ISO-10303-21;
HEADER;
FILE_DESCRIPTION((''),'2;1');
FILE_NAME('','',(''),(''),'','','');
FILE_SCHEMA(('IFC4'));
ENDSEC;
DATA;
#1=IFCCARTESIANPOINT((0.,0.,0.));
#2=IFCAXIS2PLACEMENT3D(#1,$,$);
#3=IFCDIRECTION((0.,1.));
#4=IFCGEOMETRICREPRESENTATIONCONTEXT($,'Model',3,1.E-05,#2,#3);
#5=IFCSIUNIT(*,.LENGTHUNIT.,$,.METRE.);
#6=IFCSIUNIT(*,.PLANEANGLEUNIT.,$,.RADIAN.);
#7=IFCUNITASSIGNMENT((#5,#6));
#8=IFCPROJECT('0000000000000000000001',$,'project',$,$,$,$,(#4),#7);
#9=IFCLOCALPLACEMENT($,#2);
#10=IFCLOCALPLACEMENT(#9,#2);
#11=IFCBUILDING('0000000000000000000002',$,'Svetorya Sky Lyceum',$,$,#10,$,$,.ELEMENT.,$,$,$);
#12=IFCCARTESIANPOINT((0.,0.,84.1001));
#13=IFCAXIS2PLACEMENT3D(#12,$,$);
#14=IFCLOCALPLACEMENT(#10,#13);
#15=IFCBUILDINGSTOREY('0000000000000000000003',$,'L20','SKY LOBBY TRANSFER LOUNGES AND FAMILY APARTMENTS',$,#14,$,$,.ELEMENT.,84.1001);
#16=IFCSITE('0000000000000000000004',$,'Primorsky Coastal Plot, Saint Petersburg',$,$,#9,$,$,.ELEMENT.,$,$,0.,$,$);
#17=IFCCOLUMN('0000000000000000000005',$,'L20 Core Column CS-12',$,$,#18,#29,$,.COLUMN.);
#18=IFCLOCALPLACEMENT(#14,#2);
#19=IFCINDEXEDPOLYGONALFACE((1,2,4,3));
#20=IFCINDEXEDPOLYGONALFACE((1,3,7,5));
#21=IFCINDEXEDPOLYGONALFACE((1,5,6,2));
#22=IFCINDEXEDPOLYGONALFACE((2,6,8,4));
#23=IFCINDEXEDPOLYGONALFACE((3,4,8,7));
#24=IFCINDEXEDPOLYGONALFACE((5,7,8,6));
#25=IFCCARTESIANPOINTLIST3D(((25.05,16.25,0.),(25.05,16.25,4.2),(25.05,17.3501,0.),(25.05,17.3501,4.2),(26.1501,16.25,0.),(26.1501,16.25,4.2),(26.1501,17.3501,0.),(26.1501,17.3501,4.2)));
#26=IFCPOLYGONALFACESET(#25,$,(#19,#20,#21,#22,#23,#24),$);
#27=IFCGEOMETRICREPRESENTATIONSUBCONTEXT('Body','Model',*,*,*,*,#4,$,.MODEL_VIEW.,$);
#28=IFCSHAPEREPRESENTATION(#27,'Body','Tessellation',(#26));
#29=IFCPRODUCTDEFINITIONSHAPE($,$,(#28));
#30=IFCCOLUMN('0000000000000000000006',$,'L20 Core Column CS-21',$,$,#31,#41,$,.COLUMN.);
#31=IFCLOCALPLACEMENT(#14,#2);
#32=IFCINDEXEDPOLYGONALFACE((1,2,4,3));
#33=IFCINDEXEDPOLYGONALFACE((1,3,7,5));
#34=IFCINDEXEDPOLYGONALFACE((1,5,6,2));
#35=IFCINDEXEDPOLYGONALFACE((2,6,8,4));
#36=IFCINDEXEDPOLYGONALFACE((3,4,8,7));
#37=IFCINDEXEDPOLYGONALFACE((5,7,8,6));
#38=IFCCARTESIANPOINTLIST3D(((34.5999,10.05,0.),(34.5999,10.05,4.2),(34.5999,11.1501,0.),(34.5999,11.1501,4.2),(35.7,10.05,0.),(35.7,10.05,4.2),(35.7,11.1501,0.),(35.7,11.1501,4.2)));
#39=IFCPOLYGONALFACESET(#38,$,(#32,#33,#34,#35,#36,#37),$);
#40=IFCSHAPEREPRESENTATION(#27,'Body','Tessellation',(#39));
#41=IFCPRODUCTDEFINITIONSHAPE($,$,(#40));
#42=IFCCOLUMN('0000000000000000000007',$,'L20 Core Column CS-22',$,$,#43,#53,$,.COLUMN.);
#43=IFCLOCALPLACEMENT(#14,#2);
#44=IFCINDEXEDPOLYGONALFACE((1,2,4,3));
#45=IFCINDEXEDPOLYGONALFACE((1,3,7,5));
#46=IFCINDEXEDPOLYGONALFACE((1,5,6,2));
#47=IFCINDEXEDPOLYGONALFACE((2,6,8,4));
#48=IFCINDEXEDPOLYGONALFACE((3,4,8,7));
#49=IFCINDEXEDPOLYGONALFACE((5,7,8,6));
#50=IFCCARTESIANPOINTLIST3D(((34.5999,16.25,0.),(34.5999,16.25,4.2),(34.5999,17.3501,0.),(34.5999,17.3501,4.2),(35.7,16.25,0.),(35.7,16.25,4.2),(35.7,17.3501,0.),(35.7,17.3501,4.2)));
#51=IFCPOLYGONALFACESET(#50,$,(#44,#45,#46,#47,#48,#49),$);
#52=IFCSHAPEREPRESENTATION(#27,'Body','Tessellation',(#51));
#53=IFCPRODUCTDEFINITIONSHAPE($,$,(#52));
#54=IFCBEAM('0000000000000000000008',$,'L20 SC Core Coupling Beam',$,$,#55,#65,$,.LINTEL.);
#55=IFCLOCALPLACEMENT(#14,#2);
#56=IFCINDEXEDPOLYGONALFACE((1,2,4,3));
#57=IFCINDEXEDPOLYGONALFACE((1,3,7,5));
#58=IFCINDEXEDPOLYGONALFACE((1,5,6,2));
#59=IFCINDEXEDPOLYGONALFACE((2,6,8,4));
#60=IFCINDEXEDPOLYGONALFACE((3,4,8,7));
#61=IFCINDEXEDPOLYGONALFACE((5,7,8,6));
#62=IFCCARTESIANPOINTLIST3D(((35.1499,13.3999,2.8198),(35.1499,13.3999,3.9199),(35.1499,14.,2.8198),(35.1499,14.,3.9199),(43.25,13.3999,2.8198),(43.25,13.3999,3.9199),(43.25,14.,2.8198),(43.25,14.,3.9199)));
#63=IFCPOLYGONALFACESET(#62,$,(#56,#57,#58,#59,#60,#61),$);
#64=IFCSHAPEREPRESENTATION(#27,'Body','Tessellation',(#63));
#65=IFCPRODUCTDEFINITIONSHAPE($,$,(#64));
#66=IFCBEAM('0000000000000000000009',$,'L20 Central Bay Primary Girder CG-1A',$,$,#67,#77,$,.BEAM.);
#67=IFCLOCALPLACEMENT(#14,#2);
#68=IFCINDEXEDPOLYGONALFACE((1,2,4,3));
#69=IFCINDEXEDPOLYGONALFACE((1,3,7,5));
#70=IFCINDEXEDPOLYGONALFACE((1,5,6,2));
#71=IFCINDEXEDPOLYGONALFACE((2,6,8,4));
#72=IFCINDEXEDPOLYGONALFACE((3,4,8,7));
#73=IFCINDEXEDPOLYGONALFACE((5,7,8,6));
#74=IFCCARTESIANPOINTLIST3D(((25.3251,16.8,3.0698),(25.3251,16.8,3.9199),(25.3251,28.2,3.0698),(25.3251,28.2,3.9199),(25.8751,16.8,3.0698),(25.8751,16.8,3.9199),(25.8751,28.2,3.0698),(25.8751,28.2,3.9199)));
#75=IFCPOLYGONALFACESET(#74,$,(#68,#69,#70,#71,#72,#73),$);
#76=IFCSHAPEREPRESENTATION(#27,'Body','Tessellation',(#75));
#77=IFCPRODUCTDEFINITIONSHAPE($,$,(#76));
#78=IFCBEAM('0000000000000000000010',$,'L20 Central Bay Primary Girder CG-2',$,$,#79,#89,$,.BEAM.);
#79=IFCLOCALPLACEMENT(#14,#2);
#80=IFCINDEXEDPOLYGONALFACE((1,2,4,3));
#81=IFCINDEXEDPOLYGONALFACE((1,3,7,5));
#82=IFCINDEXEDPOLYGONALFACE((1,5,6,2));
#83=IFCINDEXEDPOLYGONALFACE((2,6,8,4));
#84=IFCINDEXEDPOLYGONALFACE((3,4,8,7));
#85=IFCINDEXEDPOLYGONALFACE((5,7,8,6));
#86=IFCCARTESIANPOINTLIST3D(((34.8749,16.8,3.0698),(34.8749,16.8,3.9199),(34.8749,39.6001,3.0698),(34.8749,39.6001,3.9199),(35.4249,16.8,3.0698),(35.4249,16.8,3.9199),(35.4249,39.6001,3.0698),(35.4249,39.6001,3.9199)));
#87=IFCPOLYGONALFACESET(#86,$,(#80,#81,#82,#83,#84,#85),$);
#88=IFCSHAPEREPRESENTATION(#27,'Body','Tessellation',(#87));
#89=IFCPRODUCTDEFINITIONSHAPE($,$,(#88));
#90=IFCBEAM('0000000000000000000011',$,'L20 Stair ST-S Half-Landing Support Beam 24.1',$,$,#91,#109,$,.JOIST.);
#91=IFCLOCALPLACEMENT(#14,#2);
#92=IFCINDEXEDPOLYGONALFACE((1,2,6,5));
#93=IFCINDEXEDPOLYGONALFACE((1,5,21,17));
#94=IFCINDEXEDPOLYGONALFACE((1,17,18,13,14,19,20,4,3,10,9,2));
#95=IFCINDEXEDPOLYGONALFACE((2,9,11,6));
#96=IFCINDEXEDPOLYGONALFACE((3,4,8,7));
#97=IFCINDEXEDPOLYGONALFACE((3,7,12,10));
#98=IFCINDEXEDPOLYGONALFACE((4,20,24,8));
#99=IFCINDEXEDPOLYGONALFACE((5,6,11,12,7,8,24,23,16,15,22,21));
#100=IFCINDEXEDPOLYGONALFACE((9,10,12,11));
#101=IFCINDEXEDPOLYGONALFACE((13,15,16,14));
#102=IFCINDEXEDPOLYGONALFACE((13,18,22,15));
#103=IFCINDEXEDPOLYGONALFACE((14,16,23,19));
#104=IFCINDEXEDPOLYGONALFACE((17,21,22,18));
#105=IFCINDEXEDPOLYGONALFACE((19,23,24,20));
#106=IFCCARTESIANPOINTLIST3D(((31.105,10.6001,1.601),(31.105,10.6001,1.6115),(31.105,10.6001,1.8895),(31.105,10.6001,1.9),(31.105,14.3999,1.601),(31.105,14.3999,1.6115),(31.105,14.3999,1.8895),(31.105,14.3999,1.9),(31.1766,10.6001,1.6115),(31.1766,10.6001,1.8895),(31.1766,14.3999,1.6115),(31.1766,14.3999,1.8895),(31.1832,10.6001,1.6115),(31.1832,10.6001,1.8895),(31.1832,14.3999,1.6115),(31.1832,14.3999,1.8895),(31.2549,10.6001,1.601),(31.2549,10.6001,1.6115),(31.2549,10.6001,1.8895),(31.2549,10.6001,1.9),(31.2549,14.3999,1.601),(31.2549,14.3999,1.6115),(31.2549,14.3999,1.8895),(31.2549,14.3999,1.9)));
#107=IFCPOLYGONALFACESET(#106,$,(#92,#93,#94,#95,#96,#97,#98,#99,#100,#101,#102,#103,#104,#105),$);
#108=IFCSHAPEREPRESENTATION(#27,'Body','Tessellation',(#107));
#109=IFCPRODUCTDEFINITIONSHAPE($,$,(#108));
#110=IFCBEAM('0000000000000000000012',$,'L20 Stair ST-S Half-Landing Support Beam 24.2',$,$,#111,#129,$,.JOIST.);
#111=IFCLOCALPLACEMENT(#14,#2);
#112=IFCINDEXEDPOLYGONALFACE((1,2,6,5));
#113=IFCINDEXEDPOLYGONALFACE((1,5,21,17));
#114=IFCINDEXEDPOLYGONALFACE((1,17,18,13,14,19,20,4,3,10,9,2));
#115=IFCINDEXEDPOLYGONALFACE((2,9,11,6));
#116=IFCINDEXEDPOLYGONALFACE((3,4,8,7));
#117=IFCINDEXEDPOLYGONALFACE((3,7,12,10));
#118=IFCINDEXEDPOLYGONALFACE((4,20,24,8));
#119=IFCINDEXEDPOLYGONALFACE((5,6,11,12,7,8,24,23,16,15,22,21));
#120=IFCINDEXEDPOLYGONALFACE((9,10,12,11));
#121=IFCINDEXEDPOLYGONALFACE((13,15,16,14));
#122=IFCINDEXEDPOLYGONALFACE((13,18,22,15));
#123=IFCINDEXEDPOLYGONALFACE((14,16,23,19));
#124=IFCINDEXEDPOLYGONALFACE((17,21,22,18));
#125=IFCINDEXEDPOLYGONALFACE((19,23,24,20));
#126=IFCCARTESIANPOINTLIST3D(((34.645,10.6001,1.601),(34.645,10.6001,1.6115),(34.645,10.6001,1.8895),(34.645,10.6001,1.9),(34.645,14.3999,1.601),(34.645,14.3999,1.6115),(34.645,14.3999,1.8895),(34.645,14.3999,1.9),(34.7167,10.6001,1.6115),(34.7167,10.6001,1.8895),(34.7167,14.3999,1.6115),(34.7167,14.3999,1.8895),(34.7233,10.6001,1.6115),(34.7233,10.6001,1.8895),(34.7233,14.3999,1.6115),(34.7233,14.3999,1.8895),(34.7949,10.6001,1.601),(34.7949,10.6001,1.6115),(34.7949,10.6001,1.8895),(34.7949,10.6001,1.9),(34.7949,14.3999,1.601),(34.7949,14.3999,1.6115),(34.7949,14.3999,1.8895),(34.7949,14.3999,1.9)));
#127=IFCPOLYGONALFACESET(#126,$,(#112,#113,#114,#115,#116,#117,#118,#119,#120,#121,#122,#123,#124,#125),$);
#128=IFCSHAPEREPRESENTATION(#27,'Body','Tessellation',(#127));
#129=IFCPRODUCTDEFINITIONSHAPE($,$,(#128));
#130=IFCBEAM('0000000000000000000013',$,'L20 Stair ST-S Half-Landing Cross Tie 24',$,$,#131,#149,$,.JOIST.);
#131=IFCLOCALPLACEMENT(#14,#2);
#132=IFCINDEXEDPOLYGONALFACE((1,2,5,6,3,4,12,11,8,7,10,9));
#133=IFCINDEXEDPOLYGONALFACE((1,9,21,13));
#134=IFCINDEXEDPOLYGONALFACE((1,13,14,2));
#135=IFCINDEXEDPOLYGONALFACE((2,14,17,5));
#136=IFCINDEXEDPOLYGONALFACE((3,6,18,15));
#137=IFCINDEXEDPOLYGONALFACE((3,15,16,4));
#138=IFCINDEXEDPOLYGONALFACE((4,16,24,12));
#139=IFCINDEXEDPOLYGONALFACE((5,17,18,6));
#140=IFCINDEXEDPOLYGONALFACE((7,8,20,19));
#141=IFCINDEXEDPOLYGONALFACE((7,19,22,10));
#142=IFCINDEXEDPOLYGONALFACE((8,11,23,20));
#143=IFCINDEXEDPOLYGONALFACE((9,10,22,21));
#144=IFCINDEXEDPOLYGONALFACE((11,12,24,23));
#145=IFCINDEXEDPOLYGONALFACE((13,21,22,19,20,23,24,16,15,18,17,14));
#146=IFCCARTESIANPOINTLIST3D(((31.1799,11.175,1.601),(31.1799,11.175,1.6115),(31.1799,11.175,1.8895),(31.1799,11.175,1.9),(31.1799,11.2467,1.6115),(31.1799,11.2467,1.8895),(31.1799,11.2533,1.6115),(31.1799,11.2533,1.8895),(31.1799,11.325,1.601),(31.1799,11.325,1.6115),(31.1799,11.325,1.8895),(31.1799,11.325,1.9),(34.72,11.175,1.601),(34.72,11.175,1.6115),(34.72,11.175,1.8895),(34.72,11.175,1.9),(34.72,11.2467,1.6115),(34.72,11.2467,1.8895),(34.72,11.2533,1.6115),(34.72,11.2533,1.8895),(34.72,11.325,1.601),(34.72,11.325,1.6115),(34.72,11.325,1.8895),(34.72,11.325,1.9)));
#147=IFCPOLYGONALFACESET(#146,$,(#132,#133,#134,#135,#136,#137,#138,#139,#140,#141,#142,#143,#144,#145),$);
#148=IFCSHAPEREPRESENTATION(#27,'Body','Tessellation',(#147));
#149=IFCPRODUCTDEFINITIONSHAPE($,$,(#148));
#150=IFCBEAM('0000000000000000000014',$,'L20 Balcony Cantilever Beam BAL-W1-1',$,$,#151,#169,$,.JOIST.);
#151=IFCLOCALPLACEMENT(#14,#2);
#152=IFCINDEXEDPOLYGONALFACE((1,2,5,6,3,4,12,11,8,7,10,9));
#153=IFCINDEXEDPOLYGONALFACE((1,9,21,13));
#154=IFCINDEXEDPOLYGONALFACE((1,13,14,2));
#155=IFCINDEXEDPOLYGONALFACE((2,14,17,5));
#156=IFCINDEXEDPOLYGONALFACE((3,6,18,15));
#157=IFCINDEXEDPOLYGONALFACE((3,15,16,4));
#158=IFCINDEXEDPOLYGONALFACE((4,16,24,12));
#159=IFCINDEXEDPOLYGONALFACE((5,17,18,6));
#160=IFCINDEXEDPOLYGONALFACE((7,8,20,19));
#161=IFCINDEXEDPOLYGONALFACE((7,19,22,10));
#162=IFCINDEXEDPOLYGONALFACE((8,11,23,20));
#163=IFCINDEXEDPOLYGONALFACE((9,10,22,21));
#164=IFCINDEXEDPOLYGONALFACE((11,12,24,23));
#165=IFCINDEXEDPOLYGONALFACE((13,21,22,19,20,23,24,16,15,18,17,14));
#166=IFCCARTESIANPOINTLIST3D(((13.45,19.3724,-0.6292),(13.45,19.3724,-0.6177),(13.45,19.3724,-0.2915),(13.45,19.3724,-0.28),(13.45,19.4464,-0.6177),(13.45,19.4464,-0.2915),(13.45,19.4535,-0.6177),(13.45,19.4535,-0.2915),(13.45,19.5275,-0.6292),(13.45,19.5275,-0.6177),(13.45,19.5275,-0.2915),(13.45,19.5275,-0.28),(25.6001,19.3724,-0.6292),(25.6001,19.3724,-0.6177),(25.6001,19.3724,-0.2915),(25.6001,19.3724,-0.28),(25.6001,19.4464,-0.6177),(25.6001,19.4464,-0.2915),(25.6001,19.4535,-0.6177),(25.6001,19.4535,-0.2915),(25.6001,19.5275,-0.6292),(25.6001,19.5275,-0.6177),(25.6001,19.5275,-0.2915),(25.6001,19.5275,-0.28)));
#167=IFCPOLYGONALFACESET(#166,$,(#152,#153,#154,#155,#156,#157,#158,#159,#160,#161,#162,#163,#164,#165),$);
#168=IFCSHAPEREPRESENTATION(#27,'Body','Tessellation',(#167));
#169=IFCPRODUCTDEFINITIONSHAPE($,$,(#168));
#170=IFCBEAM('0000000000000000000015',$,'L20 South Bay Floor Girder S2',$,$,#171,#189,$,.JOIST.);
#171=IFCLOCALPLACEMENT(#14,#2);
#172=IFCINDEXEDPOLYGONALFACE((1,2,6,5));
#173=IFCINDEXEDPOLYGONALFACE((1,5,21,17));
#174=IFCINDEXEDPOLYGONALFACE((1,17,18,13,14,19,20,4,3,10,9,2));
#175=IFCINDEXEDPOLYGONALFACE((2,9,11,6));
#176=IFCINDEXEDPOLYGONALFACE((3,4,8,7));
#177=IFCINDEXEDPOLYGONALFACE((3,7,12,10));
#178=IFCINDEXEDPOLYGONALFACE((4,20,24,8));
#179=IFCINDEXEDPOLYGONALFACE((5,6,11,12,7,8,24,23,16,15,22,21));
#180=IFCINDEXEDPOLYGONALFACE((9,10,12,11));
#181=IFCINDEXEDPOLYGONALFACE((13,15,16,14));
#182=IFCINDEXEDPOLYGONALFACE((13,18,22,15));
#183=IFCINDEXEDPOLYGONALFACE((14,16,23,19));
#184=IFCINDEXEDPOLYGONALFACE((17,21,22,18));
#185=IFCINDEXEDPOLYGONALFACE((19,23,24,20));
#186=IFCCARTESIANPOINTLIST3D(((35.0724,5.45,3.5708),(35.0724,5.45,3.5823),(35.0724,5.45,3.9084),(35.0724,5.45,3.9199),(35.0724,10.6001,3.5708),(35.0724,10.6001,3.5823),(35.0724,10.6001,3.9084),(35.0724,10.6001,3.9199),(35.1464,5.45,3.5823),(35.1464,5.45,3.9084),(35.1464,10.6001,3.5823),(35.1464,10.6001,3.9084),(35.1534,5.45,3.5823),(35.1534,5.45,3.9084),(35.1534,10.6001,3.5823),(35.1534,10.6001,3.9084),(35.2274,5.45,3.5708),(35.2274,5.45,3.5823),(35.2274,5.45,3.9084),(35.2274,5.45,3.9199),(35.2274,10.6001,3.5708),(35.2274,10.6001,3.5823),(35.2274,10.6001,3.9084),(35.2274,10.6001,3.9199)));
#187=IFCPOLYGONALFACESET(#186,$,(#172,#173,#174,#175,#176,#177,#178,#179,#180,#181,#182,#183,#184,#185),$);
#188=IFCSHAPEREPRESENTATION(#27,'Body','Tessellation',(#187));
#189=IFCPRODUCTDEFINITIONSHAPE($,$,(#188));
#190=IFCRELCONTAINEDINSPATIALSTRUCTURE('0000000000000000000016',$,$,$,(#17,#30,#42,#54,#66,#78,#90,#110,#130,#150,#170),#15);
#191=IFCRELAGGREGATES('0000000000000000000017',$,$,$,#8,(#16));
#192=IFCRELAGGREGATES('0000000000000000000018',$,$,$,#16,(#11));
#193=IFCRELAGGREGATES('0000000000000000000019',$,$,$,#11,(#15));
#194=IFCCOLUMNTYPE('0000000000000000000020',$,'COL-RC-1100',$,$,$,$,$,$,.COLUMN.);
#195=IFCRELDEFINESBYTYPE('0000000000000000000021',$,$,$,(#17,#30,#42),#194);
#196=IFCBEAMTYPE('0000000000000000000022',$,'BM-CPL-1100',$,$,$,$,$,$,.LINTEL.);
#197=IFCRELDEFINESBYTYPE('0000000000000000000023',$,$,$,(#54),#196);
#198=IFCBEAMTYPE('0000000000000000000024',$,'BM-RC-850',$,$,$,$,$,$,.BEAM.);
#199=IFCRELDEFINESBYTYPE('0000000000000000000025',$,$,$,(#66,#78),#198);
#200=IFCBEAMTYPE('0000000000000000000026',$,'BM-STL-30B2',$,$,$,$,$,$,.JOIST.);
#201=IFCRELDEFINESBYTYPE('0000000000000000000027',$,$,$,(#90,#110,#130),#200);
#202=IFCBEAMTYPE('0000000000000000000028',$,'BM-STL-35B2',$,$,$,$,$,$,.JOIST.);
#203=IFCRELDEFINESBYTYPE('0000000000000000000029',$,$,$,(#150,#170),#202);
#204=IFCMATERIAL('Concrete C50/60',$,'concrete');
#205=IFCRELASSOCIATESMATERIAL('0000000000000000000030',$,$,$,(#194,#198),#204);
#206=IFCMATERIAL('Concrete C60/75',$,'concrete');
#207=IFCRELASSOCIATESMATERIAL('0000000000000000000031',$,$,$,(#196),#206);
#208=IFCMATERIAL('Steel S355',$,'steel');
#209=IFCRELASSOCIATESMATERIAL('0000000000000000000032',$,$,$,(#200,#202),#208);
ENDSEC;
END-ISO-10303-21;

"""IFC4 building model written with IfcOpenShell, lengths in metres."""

from ifc_helpers import new_model, si_unit, direction, frame, origin, origin_2d, place, context, subcontext, project, spatial, rectangle, i_section, extrude, material, material_profile, profile_set, type_object, element, save


model = new_model("IFC4")

# Units and contexts
model_context = context("Model", 3, precision=1e-05, world=origin(), true_north=direction((0.0, 1.0)))
body_context = subcontext(model_context, "Body", "Model", "MODEL_VIEW")
ifc_project = project(units=[si_unit("LENGTHUNIT", "METRE"), si_unit("PLANEANGLEUNIT", "RADIAN")], contexts=[model_context])

# Site, building, storey
site_placement = place(None, origin())
site = spatial("IfcSite", under=ifc_project, at=site_placement, Name="Primorsky Coastal Plot, Saint Petersburg", CompositionType="ELEMENT", RefElevation=0.0)
building_placement = place(site_placement, origin())
building = spatial("IfcBuilding", under=site, at=building_placement, Name="Svetorya Sky Lyceum", CompositionType="ELEMENT")
storey_placement = place(building_placement, frame((0.0, 0.0, 84.1001)))
storey = spatial("IfcBuildingStorey", under=building, at=storey_placement, Name="L20", Description="SKY LOBBY TRANSFER LOUNGES AND FAMILY APARTMENTS", CompositionType="ELEMENT", Elevation=84.1001)

# Columns
ifc_material_1 = material(Name="Concrete C50/60", Category="concrete")
ifc_material_profile_1 = material_profile(ifc_material_1, rectangle(XDim=1.1001, YDim=1.1001, at=origin_2d()), Name="RC COL 1100x1100")
ifc_profile_set_1 = profile_set([ifc_material_profile_1], Name="Concrete C50/60")
column_type = type_object("IfcColumnType", Name="COL-RC-1100", PredefinedType="COLUMN", material=ifc_profile_set_1)
for number, where, z_axis, x_axis, name in (
    (1, (25.6001, 16.8, 0.0), (0.0, 0.0, 1.0), (1.0, 0.0, 0.0), "L20 Core Column CS-12"),
    (2, (35.1499, 10.6001, 0.0), (0.0, 0.0, 1.0), (1.0, 0.0, 0.0), "L20 Core Column CS-21"),
    (3, (35.1499, 16.8, 0.0), (0.0, 0.0, 1.0), (1.0, 0.0, 0.0), "L20 Core Column CS-22"),
):
    element("IfcColumn", number, at=place(storey_placement, frame(where, z_axis=z_axis, x_axis=x_axis)), inside=storey, type_object=column_type, Name=name, PredefinedType="COLUMN", context=body_context, shape_type="SweptSolid", body=[
        extrude(rectangle(XDim=1.1001, YDim=1.1001, at=origin_2d()), origin(), (0.0, 0.0, 1.0), 4.2),
    ])

# Beams
ifc_material_2 = material(Name="Concrete C60/75", Category="concrete")
ifc_material_profile_2 = material_profile(ifc_material_2, rectangle(XDim=0.6001, YDim=1.1001, at=origin_2d()), Name="RC COUPLING 600x1100")
ifc_profile_set_2 = profile_set([ifc_material_profile_2], Name="Concrete C60/75")
beam_type_1 = type_object("IfcBeamType", Name="BM-CPL-1100", PredefinedType="LINTEL", material=ifc_profile_set_2)
beam_1_placement = place(storey_placement, frame((35.1499, 13.7, 3.3699), z_axis=(1.0, 0.0, 0.0), x_axis=(0.0, 1.0, 0.0)))
element("IfcBeam", 4, at=beam_1_placement, inside=storey, type_object=beam_type_1, Name="L20 SC Core Coupling Beam", PredefinedType="LINTEL", context=body_context, shape_type="SweptSolid", body=[
    extrude(rectangle(XDim=0.6001, YDim=1.1001, at=origin_2d()), origin(), (0.0, 0.0, 1.0), 8.1001),
])
ifc_material_profile_3 = material_profile(ifc_material_1, rectangle(XDim=0.55, YDim=0.8501, at=origin_2d()), Name="RC BEAM 550x850")
ifc_profile_set_3 = profile_set([ifc_material_profile_3], Name="Concrete C50/60")
beam_type_2 = type_object("IfcBeamType", Name="BM-RC-850", PredefinedType="BEAM", material=ifc_profile_set_3)
beam_2_placement = place(storey_placement, frame((25.6001, 16.8, 3.4949), z_axis=(0.0, 1.0, 0.0), x_axis=(-1.0, 0.0, 0.0)))
element("IfcBeam", 5, at=beam_2_placement, inside=storey, type_object=beam_type_2, Name="L20 Central Bay Primary Girder CG-1A", PredefinedType="BEAM", context=body_context, shape_type="SweptSolid", body=[
    extrude(rectangle(XDim=0.55, YDim=0.8501, at=origin_2d()), origin(), (0.0, 0.0, 1.0), 11.3999),
])
beam_3_placement = place(storey_placement, frame((35.1499, 16.8, 3.4949), z_axis=(0.0, 1.0, 0.0), x_axis=(-1.0, 0.0, 0.0)))
element("IfcBeam", 6, at=beam_3_placement, inside=storey, type_object=beam_type_2, Name="L20 Central Bay Primary Girder CG-2", PredefinedType="BEAM", context=body_context, shape_type="SweptSolid", body=[
    extrude(rectangle(XDim=0.55, YDim=0.8501, at=origin_2d()), origin(), (0.0, 0.0, 1.0), 22.8),
])
ifc_material_3 = material(Name="Steel S355", Category="steel")
ifc_material_profile_4 = material_profile(ifc_material_3, i_section(OverallWidth=0.1499, OverallDepth=0.2991, WebThickness=0.0066, FlangeThickness=0.0105, at=origin_2d()), Name="GOST 30B2")
ifc_profile_set_4 = profile_set([ifc_material_profile_4], Name="Steel S355")
beam_type_3 = type_object("IfcBeamType", Name="BM-STL-30B2", PredefinedType="JOIST", material=ifc_profile_set_4)
for number, where, z_axis, x_axis, name in (
    (7, (31.1799, 10.6001, 1.7505), (0.0, 1.0, 0.0), (-1.0, 0.0, 0.0), "L20 Stair ST-S Half-Landing Support Beam 24.1"),
    (8, (34.72, 10.6001, 1.7505), (0.0, 1.0, 0.0), (-1.0, 0.0, 0.0), "L20 Stair ST-S Half-Landing Support Beam 24.2"),
):
    element("IfcBeam", number, at=place(storey_placement, frame(where, z_axis=z_axis, x_axis=x_axis)), inside=storey, type_object=beam_type_3, Name=name, PredefinedType="JOIST", context=body_context, shape_type="SweptSolid", body=[
        extrude(i_section(OverallWidth=0.1499, OverallDepth=0.2991, WebThickness=0.0066, FlangeThickness=0.0105, at=origin_2d()), origin(), (0.0, 0.0, 1.0), 3.7998),
    ])
beam_4_placement = place(storey_placement, frame((31.1799, 11.25, 1.7505), z_axis=(1.0, 0.0, 0.0), x_axis=(0.0, 1.0, 0.0)))
element("IfcBeam", 9, at=beam_4_placement, inside=storey, type_object=beam_type_3, Name="L20 Stair ST-S Half-Landing Cross Tie 24", PredefinedType="JOIST", context=body_context, shape_type="SweptSolid", body=[
    extrude(i_section(OverallWidth=0.1499, OverallDepth=0.2991, WebThickness=0.0066, FlangeThickness=0.0105, at=origin_2d()), origin(), (0.0, 0.0, 1.0), 3.54),
])
ifc_material_profile_5 = material_profile(ifc_material_3, i_section(OverallWidth=0.155, OverallDepth=0.3491, WebThickness=0.0071, FlangeThickness=0.0115, at=origin_2d()), Name="GOST 35B2")
ifc_profile_set_5 = profile_set([ifc_material_profile_5], Name="Steel S355")
beam_type_4 = type_object("IfcBeamType", Name="BM-STL-35B2", PredefinedType="JOIST", material=ifc_profile_set_5)
beam_5_placement = place(storey_placement, frame((25.6001, 19.45, -0.4546), z_axis=(-1.0, 0.0, 0.0), x_axis=(0.0, -1.0, 0.0)))
element("IfcBeam", 10, at=beam_5_placement, inside=storey, type_object=beam_type_4, Name="L20 Balcony Cantilever Beam BAL-W1-1", PredefinedType="JOIST", context=body_context, shape_type="SweptSolid", body=[
    extrude(i_section(OverallWidth=0.155, OverallDepth=0.3491, WebThickness=0.0071, FlangeThickness=0.0115, at=origin_2d()), origin(), (0.0, 0.0, 1.0), 12.1501),
])
beam_6_placement = place(storey_placement, frame((35.1499, 5.45, 3.7454), z_axis=(0.0, 1.0, 0.0), x_axis=(-1.0, 0.0, 0.0)))
element("IfcBeam", 11, at=beam_6_placement, inside=storey, type_object=beam_type_4, Name="L20 South Bay Floor Girder S2", PredefinedType="JOIST", context=body_context, shape_type="SweptSolid", body=[
    extrude(i_section(OverallWidth=0.155, OverallDepth=0.3491, WebThickness=0.0071, FlangeThickness=0.0115, at=origin_2d()), origin(), (0.0, 0.0, 1.0), 5.1501),
])

save(model, "model.ifc")
